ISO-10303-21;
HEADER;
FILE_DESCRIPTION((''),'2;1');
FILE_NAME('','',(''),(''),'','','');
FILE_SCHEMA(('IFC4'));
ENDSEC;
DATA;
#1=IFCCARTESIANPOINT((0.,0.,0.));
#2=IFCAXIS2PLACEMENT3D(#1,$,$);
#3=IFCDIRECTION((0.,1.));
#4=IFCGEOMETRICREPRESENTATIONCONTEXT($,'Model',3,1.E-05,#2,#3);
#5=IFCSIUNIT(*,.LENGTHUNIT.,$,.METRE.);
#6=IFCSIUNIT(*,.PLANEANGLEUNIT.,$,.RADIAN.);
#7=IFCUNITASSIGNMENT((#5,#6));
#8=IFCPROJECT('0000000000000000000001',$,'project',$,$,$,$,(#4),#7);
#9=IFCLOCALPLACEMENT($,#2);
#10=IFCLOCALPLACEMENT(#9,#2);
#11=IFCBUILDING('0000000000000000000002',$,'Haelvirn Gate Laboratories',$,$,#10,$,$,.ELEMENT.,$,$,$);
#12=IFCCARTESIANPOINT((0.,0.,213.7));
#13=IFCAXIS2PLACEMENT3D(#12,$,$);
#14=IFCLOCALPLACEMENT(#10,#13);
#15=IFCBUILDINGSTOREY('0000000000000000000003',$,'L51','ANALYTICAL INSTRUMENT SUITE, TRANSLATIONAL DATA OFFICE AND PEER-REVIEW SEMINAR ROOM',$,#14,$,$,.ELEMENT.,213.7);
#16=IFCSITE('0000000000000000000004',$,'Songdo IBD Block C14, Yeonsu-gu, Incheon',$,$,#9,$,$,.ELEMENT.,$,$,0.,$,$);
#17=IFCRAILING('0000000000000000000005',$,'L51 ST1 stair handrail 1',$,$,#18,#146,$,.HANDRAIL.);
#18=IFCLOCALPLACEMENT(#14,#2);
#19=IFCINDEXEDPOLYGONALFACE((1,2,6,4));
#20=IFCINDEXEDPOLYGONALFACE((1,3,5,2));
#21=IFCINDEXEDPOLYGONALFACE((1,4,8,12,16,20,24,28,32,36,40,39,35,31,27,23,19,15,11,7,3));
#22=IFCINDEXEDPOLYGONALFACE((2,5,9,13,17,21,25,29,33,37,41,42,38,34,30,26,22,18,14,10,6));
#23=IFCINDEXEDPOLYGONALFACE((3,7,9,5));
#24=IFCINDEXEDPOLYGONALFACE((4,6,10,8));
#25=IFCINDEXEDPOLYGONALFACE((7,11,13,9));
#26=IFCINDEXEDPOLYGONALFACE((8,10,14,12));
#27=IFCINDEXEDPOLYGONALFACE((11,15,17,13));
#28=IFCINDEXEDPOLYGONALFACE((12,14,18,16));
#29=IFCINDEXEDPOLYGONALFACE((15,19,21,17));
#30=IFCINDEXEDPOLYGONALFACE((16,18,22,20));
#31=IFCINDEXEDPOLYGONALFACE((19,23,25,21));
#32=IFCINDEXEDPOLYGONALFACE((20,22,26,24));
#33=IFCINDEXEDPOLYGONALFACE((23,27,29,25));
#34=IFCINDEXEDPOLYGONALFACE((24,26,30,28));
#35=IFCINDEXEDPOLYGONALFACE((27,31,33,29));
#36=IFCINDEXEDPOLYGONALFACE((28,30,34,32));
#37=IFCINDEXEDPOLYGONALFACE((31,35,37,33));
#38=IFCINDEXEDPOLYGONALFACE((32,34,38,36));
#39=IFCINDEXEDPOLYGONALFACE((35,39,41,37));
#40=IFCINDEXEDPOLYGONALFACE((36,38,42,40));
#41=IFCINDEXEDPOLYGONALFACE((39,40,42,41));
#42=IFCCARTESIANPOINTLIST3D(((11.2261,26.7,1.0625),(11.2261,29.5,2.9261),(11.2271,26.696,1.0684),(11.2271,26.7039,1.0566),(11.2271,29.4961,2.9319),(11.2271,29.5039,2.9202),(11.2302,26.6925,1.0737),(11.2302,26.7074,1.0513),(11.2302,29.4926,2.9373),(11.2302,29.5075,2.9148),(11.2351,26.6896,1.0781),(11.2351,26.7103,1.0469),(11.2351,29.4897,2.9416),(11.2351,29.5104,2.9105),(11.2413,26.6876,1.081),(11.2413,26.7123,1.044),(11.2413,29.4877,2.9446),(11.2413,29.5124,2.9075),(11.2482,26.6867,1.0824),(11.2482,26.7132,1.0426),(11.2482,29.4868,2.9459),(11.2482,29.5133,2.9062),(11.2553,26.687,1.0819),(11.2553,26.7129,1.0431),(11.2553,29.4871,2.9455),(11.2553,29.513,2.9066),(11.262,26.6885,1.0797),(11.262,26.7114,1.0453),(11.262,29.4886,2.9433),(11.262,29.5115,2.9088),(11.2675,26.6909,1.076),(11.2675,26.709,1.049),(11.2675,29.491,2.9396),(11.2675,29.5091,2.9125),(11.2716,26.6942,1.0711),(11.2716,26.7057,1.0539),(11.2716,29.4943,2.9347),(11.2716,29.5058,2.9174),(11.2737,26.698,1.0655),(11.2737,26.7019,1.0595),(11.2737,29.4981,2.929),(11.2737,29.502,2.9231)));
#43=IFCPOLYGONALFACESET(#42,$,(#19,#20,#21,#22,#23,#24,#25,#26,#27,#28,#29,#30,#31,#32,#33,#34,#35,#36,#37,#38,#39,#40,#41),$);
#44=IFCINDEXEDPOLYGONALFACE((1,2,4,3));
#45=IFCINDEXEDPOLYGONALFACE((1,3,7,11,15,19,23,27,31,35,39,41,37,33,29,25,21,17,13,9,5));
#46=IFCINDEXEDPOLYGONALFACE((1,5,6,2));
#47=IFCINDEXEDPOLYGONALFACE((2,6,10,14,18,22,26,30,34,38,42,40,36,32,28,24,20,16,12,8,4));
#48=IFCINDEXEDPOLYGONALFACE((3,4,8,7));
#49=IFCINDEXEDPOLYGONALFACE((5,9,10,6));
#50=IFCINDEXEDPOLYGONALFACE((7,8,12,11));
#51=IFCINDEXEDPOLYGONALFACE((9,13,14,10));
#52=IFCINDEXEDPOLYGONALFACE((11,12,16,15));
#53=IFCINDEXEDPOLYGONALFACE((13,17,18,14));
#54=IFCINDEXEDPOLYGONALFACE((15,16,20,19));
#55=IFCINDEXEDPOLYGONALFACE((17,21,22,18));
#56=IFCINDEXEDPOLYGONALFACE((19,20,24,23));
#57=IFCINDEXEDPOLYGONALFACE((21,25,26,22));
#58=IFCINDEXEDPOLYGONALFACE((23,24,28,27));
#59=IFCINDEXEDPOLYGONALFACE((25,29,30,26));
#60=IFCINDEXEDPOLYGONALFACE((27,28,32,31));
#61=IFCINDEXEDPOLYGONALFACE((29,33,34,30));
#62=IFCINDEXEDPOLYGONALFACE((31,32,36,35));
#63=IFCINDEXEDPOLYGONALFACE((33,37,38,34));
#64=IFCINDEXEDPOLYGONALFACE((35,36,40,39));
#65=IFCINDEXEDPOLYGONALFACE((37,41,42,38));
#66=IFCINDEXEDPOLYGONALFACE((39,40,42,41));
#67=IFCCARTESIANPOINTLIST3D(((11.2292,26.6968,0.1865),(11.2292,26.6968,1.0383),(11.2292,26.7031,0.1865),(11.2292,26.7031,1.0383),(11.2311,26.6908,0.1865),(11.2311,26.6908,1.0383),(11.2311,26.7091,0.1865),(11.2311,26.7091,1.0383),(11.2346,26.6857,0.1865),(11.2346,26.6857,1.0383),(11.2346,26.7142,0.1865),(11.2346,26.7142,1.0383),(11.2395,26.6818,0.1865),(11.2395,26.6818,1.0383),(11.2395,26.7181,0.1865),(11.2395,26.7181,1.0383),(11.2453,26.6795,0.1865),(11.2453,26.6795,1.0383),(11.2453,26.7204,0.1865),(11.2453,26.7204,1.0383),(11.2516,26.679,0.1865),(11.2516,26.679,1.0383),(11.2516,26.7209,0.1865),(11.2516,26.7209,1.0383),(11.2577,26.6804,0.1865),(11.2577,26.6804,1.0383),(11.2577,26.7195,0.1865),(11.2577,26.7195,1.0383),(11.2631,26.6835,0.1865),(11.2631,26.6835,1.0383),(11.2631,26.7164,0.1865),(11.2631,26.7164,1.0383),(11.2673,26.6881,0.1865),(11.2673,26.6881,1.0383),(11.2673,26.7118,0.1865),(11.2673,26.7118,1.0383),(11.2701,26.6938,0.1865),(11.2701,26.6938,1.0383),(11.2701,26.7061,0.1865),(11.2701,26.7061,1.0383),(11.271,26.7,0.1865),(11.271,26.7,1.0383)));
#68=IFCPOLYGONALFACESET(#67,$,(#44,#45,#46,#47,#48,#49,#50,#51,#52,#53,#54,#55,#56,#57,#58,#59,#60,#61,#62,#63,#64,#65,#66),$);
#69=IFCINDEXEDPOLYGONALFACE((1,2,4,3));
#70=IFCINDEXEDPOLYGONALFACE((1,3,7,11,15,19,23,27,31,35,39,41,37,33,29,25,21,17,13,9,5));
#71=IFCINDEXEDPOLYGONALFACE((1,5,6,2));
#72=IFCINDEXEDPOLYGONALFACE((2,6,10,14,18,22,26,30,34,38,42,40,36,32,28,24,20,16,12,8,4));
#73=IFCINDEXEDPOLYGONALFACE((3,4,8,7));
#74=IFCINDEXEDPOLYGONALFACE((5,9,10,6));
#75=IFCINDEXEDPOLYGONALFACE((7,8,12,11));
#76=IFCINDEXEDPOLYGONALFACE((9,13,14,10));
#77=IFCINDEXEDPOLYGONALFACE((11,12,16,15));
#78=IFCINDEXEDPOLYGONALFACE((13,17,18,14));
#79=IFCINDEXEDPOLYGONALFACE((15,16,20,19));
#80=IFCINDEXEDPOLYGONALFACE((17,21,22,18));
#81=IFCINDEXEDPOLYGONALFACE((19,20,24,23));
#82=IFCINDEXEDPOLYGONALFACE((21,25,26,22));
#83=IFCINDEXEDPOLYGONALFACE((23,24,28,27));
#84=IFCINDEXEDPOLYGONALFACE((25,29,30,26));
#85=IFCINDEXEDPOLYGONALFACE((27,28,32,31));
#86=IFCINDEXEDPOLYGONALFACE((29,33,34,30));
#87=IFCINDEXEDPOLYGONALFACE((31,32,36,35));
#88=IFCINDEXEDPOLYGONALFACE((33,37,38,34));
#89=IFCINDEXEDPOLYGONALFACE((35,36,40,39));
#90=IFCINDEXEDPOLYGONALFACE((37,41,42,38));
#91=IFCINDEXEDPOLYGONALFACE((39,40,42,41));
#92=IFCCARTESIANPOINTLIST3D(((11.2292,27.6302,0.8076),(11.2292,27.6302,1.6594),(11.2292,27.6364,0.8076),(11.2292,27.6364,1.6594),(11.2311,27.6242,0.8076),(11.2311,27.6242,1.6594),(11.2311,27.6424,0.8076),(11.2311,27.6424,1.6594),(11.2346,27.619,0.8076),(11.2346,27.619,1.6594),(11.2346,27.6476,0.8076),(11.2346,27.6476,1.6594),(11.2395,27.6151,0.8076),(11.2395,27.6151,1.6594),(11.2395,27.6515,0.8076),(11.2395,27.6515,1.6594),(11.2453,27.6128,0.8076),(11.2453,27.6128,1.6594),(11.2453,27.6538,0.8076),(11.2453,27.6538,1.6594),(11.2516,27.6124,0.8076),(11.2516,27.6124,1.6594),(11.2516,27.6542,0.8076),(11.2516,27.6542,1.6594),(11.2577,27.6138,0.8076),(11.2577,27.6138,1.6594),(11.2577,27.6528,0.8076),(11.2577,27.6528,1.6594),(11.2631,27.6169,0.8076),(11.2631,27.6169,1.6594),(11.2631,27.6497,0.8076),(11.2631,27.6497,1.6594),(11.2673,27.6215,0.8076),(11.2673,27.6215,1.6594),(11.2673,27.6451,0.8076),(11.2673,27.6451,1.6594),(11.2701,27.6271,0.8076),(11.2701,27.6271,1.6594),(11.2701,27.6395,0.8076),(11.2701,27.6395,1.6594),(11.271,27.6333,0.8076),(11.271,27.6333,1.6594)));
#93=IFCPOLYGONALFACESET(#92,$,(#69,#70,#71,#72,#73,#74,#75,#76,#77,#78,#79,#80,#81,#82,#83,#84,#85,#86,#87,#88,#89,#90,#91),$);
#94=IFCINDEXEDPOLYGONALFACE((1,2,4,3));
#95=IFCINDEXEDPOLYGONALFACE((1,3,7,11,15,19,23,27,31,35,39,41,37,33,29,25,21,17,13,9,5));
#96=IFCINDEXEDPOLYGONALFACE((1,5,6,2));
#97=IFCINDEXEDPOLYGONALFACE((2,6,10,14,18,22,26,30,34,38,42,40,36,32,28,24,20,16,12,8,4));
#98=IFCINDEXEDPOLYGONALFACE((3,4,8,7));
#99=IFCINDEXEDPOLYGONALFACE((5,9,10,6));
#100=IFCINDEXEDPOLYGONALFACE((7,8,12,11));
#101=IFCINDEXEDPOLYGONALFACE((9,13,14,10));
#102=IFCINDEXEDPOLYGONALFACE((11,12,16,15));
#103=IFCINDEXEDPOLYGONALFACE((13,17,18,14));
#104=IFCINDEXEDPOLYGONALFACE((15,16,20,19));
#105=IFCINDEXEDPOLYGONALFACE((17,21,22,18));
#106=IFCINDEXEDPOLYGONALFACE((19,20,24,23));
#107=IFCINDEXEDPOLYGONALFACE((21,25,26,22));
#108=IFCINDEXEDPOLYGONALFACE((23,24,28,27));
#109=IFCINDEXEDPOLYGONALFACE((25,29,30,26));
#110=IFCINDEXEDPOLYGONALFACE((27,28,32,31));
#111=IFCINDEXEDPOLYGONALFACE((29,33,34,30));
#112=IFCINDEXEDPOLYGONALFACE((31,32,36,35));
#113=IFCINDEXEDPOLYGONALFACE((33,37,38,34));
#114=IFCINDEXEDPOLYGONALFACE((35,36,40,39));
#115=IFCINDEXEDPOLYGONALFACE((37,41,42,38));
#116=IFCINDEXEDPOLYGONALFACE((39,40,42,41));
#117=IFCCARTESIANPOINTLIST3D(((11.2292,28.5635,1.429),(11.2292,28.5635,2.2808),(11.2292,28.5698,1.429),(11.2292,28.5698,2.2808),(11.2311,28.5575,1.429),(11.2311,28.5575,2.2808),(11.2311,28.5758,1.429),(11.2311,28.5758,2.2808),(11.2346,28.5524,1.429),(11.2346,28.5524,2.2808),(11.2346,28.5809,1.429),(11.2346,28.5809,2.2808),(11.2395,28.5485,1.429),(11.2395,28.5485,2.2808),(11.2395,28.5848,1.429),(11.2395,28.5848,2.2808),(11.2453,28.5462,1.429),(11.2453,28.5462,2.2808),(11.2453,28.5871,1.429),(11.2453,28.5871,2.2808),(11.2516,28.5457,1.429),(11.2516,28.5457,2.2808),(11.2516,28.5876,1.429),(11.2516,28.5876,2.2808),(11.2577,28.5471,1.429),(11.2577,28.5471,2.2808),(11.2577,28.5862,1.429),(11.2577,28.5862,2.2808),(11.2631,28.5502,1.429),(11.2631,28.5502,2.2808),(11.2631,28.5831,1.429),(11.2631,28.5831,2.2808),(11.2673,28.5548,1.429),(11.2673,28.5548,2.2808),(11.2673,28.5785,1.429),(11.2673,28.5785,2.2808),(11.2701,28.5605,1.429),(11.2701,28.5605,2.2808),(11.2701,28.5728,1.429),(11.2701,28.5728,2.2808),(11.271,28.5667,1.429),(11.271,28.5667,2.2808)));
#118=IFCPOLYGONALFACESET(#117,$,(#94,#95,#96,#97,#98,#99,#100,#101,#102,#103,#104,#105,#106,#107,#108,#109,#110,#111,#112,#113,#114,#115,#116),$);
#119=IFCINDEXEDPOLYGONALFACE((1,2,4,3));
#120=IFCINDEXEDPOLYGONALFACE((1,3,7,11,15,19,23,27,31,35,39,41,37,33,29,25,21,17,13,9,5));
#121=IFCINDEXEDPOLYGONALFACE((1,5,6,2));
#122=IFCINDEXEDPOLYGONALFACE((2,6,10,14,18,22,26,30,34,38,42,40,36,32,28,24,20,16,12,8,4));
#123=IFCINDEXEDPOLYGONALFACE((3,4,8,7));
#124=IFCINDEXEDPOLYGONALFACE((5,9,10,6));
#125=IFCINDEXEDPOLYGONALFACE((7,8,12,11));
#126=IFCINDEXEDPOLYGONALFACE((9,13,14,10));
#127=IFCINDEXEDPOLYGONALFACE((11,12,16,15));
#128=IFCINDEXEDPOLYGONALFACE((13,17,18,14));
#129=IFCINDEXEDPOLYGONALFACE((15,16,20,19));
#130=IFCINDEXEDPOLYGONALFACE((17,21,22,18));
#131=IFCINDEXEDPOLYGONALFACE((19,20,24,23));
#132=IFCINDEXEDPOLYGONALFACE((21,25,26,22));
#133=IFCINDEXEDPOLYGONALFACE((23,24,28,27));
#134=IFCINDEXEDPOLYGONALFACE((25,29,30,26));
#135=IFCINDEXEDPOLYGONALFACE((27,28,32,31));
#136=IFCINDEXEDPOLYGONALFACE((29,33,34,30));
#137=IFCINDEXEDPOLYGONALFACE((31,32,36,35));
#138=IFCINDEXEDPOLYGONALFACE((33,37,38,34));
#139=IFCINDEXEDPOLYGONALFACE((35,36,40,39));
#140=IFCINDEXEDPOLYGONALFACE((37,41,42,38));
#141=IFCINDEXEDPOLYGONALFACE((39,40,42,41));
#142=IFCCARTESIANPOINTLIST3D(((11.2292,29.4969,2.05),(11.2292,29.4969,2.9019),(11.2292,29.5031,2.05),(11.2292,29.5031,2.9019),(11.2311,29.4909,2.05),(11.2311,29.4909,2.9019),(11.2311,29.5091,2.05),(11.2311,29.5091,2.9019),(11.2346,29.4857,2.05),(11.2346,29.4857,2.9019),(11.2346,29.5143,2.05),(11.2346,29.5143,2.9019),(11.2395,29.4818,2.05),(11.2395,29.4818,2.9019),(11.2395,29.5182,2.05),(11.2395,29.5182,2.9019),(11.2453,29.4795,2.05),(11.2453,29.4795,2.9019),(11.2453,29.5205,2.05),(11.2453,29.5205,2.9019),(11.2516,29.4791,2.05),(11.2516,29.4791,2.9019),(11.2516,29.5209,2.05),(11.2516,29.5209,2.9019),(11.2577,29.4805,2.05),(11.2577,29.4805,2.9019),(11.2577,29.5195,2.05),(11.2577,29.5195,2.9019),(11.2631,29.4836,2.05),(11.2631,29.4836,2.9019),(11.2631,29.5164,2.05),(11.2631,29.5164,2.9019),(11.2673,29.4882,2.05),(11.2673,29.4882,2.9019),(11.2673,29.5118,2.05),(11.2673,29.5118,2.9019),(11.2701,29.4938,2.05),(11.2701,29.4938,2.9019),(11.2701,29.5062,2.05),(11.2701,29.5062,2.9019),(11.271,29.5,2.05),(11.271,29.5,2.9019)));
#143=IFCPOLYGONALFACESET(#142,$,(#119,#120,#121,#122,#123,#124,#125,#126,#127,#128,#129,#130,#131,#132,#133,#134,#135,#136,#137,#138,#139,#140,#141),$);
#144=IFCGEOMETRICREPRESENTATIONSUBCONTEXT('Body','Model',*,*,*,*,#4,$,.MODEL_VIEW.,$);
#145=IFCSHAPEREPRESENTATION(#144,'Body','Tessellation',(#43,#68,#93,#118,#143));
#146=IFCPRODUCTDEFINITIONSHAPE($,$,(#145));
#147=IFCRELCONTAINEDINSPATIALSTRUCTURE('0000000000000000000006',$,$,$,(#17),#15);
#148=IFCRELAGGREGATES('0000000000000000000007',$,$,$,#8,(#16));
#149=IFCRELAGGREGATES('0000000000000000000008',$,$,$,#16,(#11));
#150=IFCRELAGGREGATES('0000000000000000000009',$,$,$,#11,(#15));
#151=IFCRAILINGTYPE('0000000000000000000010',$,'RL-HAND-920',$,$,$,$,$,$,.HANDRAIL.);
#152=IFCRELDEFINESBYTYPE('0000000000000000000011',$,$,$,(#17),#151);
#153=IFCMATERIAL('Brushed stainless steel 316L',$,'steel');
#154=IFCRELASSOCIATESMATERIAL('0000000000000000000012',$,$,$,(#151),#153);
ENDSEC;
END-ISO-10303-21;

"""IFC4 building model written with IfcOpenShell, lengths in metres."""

from ifc_helpers import new_model, si_unit, direction, frame, origin, origin_2d, place, context, subcontext, project, spatial, circle, extrude, source, transform, mapped, material, type_object, element, save


model = new_model("IFC4")

# Units and contexts
model_context = context("Model", 3, precision=1e-05, world=origin(), true_north=direction((0.0, 1.0)))
body_context = subcontext(model_context, "Body", "Model", "MODEL_VIEW")
ifc_project = project(units=[si_unit("LENGTHUNIT", "METRE"), si_unit("PLANEANGLEUNIT", "RADIAN")], contexts=[model_context])

# Site, building, storey
site_placement = place(None, origin())
site = spatial("IfcSite", under=ifc_project, at=site_placement, Name="Songdo IBD Block C14, Yeonsu-gu, Incheon", CompositionType="ELEMENT", RefElevation=0.0)
building_placement = place(site_placement, origin())
building = spatial("IfcBuilding", under=site, at=building_placement, Name="Haelvirn Gate Laboratories", CompositionType="ELEMENT")
storey_placement = place(building_placement, frame((0.0, 0.0, 213.7)))
storey = spatial("IfcBuildingStorey", under=building, at=storey_placement, Name="L51", Description="ANALYTICAL INSTRUMENT SUITE, TRANSLATIONAL DATA OFFICE AND PEER-REVIEW SEMINAR ROOM", CompositionType="ELEMENT", Elevation=213.7)

# Railing
ifc_material_1 = material(Name="Brushed stainless steel 316L", Category="steel")
railing_type_1 = type_object("IfcRailingType", Name="RL-HAND-920", PredefinedType="HANDRAIL", material=ifc_material_1)
shared_shape_1 = source(origin(), body_context, "Body", "SweptSolid", [
    extrude(circle(Radius=0.0239, at=origin_2d()), frame((0.0, 0.0, 0.876), z_axis=(0.0, 0.832486, 0.554047), x_axis=(-1.0, 0.0, 0.0)), (0.0, 0.0, 1.0), 3.3635),
    extrude(circle(Radius=0.021, at=origin_2d()), origin(), (0.0, 0.0, 1.0), 0.8518),
    extrude(circle(Radius=0.021, at=origin_2d()), frame((0.0, 0.9333, 0.6211)), (0.0, 0.0, 1.0), 0.8518),
    extrude(circle(Radius=0.021, at=origin_2d()), frame((0.0, 1.8667, 1.2424)), (0.0, 0.0, 1.0), 0.8518),
    extrude(circle(Radius=0.021, at=origin_2d()), frame((0.0, 2.8, 1.8635)), (0.0, 0.0, 1.0), 0.8518),
])
railing_1_placement = place(storey_placement, frame((11.25, 26.7, 0.1865)))
element("IfcRailing", 1, at=railing_1_placement, inside=storey, type_object=railing_type_1, Name="L51 ST1 stair handrail 1", PredefinedType="HANDRAIL", context=body_context, shape_type="MappedRepresentation", body=[
    mapped(shared_shape_1, transform((0.0, 0.0, 0.0), scale=1.0)),
])

save(model, "model.ifc")
